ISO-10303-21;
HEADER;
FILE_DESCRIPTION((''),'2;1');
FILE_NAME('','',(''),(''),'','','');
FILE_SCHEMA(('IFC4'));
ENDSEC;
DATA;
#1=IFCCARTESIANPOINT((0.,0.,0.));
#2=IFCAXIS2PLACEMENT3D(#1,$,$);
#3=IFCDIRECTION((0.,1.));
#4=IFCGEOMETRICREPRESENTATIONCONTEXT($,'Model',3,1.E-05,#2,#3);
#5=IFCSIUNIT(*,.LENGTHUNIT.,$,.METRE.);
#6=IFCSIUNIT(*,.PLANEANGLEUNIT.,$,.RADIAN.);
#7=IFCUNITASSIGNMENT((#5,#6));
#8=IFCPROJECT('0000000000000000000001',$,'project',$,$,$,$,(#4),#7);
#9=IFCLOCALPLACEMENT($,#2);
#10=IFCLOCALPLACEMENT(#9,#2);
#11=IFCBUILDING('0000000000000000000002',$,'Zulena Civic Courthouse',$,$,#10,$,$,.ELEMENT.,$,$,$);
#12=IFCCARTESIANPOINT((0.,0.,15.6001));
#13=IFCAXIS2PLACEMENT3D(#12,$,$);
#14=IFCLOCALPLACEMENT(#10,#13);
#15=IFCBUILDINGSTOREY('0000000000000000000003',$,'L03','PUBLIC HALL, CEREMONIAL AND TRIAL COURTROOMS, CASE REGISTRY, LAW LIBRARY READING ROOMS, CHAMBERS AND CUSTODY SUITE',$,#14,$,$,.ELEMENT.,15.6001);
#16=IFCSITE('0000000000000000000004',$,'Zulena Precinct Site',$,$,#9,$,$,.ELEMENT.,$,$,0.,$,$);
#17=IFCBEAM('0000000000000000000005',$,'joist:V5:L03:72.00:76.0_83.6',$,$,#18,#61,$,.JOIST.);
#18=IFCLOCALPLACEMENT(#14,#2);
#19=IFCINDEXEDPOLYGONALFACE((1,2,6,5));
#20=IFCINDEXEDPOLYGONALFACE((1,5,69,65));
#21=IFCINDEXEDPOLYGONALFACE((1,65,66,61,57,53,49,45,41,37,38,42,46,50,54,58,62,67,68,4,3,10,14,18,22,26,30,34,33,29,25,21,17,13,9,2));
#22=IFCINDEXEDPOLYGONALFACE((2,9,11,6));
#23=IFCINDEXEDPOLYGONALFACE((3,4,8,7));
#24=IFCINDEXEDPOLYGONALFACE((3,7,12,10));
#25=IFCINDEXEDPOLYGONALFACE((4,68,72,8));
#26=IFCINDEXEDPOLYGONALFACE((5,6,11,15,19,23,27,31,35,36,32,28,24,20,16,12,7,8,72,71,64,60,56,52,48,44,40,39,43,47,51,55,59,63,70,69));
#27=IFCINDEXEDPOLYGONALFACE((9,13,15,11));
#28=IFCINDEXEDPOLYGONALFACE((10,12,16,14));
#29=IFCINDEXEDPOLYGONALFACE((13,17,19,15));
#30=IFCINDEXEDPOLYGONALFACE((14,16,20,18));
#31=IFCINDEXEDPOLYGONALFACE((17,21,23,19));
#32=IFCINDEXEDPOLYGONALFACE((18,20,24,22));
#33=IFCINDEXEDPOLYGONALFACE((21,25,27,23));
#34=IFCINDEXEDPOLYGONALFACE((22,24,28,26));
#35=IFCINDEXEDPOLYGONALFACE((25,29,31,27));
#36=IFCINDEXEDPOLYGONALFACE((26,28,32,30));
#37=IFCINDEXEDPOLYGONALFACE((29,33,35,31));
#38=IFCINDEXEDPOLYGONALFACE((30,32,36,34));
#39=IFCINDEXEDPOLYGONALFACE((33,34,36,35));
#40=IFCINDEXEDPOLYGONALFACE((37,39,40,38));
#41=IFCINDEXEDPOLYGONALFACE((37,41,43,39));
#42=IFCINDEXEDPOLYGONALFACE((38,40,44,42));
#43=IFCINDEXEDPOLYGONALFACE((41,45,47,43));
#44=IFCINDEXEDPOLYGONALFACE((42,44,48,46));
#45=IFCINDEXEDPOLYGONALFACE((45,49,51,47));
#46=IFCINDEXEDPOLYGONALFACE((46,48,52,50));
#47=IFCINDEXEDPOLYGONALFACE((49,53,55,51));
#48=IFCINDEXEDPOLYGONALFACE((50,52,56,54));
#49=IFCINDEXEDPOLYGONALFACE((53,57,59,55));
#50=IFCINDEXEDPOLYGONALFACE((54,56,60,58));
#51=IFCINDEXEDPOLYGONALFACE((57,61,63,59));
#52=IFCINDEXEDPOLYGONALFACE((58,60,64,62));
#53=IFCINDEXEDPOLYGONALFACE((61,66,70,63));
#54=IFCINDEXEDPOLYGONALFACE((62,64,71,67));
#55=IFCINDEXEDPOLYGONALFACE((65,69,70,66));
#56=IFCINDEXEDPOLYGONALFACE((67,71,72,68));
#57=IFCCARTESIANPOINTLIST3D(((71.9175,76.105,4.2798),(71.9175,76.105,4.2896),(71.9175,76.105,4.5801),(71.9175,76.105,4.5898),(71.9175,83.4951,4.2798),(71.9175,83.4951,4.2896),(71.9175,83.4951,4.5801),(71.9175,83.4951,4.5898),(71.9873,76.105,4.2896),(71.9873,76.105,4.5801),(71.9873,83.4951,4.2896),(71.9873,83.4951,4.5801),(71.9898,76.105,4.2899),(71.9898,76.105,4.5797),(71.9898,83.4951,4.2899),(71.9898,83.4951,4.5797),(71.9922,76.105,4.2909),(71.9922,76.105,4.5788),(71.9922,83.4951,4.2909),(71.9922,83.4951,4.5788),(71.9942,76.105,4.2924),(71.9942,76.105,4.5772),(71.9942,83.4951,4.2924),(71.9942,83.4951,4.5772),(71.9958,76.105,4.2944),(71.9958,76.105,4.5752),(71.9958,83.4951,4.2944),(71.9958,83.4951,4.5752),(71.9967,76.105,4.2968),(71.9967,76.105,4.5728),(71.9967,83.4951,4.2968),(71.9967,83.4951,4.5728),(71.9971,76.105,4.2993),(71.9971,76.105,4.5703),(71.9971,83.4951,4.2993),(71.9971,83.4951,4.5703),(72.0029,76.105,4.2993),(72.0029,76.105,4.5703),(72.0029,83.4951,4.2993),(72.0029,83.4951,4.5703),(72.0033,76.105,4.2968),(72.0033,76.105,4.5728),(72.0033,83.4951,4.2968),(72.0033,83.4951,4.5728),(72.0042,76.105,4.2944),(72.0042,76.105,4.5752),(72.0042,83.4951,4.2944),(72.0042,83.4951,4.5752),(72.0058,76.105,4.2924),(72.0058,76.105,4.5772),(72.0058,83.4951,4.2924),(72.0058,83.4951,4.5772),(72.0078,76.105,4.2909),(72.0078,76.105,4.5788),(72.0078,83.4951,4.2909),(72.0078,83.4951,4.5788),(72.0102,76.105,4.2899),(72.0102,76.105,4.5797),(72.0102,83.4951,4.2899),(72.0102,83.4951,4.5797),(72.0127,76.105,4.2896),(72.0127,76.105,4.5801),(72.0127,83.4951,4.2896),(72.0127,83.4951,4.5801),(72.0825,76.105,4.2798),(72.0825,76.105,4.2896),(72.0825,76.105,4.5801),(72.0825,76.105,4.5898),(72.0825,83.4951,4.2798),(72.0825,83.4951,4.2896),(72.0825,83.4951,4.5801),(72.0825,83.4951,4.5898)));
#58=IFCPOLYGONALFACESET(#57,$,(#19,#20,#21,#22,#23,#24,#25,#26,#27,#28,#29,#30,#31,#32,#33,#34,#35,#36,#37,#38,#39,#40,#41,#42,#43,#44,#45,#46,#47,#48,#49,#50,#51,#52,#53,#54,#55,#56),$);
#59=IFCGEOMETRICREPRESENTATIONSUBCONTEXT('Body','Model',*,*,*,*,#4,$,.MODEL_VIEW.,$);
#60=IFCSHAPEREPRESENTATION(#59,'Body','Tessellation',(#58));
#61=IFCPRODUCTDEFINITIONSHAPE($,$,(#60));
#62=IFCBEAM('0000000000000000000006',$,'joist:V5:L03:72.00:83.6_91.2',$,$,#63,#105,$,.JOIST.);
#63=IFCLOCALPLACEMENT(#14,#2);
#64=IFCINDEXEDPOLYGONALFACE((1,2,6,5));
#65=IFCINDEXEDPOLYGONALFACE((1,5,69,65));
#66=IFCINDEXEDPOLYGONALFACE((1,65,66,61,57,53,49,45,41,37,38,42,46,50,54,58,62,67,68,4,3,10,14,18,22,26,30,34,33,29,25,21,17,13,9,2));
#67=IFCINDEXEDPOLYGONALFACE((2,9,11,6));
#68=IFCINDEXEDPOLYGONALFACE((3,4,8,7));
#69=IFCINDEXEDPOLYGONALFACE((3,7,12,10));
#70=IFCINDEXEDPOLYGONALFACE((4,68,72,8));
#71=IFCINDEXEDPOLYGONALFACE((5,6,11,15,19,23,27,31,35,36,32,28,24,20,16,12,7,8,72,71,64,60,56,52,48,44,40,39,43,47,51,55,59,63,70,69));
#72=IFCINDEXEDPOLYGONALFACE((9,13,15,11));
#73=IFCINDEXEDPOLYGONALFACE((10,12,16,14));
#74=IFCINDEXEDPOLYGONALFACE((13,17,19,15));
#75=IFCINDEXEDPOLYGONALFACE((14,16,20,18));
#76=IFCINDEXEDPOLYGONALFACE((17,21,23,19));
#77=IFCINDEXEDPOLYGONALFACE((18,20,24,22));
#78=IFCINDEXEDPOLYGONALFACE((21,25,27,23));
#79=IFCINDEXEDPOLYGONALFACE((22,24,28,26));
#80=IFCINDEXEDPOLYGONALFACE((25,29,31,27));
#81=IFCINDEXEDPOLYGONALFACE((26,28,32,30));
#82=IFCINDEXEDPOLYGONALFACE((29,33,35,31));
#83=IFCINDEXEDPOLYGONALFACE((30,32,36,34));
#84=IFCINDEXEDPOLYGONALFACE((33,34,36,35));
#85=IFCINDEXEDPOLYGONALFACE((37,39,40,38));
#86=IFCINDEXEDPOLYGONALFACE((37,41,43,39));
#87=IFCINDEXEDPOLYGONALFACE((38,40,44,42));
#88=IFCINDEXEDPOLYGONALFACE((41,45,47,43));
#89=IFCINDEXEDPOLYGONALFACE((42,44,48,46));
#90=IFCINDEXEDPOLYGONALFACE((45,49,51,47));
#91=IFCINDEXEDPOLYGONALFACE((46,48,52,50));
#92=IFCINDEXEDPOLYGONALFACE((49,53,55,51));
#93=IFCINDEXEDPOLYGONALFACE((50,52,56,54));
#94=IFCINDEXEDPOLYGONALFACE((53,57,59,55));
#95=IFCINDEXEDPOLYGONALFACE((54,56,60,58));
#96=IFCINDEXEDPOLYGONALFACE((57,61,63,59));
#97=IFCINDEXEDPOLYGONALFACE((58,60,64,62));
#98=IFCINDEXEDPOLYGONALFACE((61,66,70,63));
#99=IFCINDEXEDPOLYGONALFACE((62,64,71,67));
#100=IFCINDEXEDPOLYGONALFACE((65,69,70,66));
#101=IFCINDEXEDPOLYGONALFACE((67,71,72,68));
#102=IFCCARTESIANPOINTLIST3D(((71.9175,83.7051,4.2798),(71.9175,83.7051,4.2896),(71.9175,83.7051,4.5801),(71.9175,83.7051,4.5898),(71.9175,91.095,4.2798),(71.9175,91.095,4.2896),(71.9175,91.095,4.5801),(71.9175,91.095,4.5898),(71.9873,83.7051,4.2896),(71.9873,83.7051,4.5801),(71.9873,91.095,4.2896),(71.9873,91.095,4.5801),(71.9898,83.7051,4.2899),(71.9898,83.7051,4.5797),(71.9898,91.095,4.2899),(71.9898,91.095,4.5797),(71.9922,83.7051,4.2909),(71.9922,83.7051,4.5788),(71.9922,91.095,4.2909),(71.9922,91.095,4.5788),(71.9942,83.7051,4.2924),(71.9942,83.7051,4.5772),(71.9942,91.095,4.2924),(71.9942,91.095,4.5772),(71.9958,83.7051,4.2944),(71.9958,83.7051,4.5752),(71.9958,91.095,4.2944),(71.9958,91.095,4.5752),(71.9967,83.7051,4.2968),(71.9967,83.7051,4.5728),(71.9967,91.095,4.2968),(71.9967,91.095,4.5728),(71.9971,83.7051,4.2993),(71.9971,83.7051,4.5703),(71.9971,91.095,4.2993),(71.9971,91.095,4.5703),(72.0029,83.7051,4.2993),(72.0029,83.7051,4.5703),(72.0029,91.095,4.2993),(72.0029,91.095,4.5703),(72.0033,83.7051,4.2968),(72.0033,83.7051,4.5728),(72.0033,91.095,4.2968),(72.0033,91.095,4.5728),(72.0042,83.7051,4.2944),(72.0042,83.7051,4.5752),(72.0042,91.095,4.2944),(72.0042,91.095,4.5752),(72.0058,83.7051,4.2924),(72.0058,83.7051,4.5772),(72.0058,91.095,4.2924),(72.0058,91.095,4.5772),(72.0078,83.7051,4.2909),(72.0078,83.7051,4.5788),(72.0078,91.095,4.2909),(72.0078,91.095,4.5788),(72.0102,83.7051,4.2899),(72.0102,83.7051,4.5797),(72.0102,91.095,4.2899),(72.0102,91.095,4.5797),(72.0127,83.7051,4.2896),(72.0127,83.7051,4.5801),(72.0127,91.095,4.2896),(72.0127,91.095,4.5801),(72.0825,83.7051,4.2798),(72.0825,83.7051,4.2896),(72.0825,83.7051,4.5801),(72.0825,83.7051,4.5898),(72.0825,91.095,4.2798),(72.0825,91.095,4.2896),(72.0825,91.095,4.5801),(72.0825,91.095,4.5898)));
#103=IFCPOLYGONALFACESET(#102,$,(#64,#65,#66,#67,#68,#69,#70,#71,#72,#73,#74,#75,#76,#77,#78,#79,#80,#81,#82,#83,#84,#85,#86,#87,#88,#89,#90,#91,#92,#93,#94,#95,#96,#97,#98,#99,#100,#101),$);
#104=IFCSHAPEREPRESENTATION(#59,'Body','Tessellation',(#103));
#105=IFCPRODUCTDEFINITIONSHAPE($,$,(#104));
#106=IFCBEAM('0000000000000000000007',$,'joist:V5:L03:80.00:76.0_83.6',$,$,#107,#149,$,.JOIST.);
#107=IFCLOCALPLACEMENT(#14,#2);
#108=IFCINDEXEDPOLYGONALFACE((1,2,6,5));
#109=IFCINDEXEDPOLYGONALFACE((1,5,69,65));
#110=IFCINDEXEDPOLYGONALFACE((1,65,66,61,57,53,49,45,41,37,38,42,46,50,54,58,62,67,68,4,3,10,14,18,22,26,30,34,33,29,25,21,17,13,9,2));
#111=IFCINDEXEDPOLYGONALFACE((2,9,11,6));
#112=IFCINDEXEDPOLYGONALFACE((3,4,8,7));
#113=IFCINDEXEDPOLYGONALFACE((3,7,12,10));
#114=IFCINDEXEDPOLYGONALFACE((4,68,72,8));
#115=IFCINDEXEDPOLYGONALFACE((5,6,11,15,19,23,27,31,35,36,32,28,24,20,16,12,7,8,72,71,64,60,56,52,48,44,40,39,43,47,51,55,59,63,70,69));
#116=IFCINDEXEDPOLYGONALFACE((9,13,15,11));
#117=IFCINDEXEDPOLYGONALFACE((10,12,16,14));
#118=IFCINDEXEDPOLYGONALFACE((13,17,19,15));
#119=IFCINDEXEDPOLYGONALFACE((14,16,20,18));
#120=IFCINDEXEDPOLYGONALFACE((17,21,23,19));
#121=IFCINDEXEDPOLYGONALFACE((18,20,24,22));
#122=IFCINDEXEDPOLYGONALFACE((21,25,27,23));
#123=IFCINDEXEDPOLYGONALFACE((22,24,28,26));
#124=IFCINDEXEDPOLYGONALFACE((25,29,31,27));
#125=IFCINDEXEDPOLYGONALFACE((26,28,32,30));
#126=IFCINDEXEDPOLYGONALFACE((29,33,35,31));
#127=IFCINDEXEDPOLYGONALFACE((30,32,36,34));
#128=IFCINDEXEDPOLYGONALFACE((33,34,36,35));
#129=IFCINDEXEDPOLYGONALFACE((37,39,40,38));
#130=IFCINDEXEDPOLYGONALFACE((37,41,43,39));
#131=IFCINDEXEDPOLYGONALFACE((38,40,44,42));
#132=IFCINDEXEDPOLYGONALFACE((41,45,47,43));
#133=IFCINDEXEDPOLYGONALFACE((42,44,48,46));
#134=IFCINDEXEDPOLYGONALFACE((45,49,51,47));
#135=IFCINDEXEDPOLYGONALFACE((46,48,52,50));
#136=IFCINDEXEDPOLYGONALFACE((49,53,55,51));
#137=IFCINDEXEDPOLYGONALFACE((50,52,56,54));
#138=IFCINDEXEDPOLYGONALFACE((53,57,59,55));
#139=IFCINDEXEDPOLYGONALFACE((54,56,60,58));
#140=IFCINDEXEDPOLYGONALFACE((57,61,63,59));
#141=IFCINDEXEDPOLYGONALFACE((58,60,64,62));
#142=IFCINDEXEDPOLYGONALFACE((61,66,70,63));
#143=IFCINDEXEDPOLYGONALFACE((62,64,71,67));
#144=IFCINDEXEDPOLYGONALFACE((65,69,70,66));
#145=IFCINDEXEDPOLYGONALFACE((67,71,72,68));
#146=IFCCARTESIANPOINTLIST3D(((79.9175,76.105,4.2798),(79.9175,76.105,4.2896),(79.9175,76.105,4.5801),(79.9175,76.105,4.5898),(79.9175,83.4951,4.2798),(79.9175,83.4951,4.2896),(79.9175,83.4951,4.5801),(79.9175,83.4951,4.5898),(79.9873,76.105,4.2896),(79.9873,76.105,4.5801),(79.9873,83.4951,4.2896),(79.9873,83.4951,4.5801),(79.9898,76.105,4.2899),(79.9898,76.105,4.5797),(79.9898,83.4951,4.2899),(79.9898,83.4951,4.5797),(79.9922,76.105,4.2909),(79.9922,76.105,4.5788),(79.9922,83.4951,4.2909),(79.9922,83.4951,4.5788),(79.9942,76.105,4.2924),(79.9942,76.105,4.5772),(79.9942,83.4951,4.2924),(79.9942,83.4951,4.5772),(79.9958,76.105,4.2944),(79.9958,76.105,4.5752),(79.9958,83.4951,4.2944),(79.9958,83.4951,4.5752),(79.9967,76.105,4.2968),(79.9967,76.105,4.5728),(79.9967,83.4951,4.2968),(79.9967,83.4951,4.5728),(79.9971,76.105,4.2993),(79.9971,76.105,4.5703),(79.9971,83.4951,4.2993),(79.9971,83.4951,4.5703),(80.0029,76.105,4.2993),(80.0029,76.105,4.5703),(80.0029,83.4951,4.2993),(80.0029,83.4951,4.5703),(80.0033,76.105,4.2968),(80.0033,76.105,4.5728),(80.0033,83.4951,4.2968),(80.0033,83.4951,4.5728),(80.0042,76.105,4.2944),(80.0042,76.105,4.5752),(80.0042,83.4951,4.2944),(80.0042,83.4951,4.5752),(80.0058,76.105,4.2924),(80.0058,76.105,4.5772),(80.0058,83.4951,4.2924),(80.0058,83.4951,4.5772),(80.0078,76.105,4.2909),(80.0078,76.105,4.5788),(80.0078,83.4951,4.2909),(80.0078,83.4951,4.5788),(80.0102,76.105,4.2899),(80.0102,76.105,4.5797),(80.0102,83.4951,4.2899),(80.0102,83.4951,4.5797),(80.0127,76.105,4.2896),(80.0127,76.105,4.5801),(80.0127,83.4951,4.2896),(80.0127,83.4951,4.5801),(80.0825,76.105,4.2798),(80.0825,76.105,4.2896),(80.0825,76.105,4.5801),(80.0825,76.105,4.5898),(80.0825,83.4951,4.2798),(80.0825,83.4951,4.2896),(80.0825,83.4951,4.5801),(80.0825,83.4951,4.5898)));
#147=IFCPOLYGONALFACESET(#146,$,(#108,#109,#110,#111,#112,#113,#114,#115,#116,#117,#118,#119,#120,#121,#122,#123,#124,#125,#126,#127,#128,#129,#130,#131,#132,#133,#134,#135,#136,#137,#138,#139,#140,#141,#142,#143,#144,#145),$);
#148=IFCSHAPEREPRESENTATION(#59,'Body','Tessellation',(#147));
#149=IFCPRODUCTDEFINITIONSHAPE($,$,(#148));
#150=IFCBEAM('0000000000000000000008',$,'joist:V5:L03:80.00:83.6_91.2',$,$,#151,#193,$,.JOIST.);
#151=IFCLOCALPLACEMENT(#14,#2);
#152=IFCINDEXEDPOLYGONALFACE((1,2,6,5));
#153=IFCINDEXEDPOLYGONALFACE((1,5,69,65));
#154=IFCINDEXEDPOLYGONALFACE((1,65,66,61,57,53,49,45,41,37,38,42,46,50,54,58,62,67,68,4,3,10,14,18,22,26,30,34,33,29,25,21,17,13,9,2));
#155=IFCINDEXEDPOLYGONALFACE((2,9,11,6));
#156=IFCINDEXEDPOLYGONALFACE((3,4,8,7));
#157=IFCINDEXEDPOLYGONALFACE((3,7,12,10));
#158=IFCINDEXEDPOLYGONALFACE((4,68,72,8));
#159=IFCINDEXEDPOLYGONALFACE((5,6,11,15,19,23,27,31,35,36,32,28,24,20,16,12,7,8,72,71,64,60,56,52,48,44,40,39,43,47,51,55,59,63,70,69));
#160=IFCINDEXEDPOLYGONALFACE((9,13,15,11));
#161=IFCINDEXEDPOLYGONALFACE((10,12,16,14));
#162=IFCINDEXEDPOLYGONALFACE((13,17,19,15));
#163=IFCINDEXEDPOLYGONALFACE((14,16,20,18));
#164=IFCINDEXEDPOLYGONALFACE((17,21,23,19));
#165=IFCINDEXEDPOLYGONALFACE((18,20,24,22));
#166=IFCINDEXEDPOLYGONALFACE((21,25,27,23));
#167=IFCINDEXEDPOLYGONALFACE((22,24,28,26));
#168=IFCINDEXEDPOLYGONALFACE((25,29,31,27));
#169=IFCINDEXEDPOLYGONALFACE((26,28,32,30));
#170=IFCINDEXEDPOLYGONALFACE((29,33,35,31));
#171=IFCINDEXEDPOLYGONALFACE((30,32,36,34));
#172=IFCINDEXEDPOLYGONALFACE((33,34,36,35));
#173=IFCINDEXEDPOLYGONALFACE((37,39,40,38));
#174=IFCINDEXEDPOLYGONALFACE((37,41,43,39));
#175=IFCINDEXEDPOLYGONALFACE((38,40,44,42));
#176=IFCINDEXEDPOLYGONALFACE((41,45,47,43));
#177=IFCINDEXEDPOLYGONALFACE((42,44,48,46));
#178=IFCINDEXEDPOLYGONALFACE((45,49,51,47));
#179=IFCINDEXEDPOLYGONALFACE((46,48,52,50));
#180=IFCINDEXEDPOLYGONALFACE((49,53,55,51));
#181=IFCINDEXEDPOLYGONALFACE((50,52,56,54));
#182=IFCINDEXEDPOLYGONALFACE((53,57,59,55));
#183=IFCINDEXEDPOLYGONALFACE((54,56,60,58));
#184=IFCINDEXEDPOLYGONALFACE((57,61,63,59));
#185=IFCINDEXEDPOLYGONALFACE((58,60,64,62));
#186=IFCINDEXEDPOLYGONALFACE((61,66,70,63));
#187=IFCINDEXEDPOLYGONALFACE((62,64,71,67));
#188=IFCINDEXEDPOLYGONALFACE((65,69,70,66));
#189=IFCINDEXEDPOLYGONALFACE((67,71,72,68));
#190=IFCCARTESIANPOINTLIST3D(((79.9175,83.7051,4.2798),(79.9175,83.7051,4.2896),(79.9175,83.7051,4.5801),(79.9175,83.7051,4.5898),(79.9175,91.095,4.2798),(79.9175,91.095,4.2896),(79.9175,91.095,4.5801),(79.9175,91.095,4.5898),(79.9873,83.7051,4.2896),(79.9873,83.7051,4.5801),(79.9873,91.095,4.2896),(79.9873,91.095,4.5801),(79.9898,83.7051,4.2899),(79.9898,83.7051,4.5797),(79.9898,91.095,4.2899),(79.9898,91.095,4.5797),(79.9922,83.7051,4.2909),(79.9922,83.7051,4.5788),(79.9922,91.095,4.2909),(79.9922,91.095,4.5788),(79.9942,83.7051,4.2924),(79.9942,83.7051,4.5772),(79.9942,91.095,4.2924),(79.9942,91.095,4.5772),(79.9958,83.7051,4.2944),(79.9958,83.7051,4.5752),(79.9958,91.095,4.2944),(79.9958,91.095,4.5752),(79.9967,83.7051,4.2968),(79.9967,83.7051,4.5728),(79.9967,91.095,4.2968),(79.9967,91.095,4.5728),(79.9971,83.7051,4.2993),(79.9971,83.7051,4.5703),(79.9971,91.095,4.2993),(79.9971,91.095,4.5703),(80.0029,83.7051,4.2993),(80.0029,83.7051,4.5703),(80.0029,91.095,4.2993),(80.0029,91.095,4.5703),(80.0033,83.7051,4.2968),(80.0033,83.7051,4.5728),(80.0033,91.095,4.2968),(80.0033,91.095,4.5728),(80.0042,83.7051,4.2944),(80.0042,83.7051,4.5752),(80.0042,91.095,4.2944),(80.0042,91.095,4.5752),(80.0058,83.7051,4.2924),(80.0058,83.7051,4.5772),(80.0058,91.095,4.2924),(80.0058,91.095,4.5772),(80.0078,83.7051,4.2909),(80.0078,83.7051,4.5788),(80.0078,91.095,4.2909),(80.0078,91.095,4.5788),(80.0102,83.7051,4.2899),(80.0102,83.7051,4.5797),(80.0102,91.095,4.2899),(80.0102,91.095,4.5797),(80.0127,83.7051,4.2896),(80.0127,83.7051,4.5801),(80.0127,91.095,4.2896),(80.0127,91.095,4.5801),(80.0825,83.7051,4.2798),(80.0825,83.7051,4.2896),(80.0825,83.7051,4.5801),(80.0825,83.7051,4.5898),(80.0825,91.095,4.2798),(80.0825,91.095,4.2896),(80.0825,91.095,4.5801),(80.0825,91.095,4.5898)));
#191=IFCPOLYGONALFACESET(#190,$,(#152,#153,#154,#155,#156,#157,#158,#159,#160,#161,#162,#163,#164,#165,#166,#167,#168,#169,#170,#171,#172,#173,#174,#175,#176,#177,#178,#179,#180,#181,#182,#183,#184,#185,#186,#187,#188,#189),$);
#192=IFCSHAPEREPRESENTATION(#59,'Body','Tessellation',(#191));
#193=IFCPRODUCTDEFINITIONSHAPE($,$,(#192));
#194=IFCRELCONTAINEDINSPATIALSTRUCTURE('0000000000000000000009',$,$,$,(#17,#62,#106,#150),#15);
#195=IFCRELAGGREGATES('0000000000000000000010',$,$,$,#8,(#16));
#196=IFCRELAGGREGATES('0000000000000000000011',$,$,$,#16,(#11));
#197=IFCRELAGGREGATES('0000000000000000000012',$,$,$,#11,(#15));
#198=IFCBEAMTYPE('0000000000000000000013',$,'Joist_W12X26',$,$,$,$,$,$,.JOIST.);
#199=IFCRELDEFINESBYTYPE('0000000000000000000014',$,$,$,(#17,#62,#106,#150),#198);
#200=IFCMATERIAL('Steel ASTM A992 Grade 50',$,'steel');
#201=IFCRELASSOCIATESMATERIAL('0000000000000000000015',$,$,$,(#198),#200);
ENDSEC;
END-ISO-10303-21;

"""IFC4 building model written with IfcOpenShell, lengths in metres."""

from ifc_helpers import new_model, si_unit, direction, frame, origin, origin_2d, place, context, subcontext, project, spatial, i_section, extrude, material, material_profile, profile_set, type_object, element, save


model = new_model("IFC4")

# Units and contexts
model_context = context("Model", 3, precision=1e-05, world=origin(), true_north=direction((0.0, 1.0)))
body_context = subcontext(model_context, "Body", "Model", "MODEL_VIEW")
ifc_project = project(units=[si_unit("LENGTHUNIT", "METRE"), si_unit("PLANEANGLEUNIT", "RADIAN")], contexts=[model_context])

# Site, building, storey
site_placement = place(None, origin())
site = spatial("IfcSite", under=ifc_project, at=site_placement, Name="Zulena Precinct Site", CompositionType="ELEMENT", RefElevation=0.0)
building_placement = place(site_placement, origin())
building = spatial("IfcBuilding", under=site, at=building_placement, Name="Zulena Civic Courthouse", CompositionType="ELEMENT")
storey_placement = place(building_placement, frame((0.0, 0.0, 15.6001)))
storey = spatial("IfcBuildingStorey", under=building, at=storey_placement, Name="L03", Description="PUBLIC HALL, CEREMONIAL AND TRIAL COURTROOMS, CASE REGISTRY, LAW LIBRARY READING ROOMS, CHAMBERS AND CUSTODY SUITE", CompositionType="ELEMENT", Elevation=15.6001)

# Shared definitions
ifc_material_1 = material(Name="Steel ASTM A992 Grade 50", Category="steel")

# Beams
ifc_material_profile_1 = material_profile(ifc_material_1, i_section(OverallWidth=0.165, OverallDepth=0.3101, WebThickness=0.0059, FlangeThickness=0.0098, FilletRadius=0.0098, at=origin_2d()), Name="W12X26")
ifc_profile_set_1 = profile_set([ifc_material_profile_1], Name="Steel ASTM A992 Grade 50")
beam_type_1 = type_object("IfcBeamType", Name="Joist_W12X26", PredefinedType="JOIST", material=ifc_profile_set_1)
beam_1_placement = place(storey_placement, frame((72.0, 76.105, 4.4348), z_axis=(0.0, 1.0, 0.0), x_axis=(-1.0, 0.0, 0.0)))
element("IfcBeam", 1, at=beam_1_placement, inside=storey, type_object=beam_type_1, Name="joist:V5:L03:72.00:76.0_83.6", PredefinedType="JOIST", context=body_context, shape_type="SweptSolid", body=[
    extrude(i_section(OverallWidth=0.165, OverallDepth=0.3101, WebThickness=0.0059, FlangeThickness=0.0098, FilletRadius=0.0098, at=origin_2d()), origin(), (0.0, 0.0, 1.0), 7.3901),
])
beam_2_placement = place(storey_placement, frame((72.0, 83.7051, 4.4348), z_axis=(0.0, 1.0, 0.0), x_axis=(-1.0, 0.0, 0.0)))
element("IfcBeam", 2, at=beam_2_placement, inside=storey, type_object=beam_type_1, Name="joist:V5:L03:72.00:83.6_91.2", PredefinedType="JOIST", context=body_context, shape_type="SweptSolid", body=[
    extrude(i_section(OverallWidth=0.165, OverallDepth=0.3101, WebThickness=0.0059, FlangeThickness=0.0098, FilletRadius=0.0098, at=origin_2d()), origin(), (0.0, 0.0, 1.0), 7.3899),
])
beam_3_placement = place(storey_placement, frame((80.0, 76.105, 4.4348), z_axis=(0.0, 1.0, 0.0), x_axis=(-1.0, 0.0, 0.0)))
element("IfcBeam", 3, at=beam_3_placement, inside=storey, type_object=beam_type_1, Name="joist:V5:L03:80.00:76.0_83.6", PredefinedType="JOIST", context=body_context, shape_type="SweptSolid", body=[
    extrude(i_section(OverallWidth=0.165, OverallDepth=0.3101, WebThickness=0.0059, FlangeThickness=0.0098, FilletRadius=0.0098, at=origin_2d()), origin(), (0.0, 0.0, 1.0), 7.3901),
])
beam_4_placement = place(storey_placement, frame((80.0, 83.7051, 4.4348), z_axis=(0.0, 1.0, 0.0), x_axis=(-1.0, 0.0, 0.0)))
element("IfcBeam", 4, at=beam_4_placement, inside=storey, type_object=beam_type_1, Name="joist:V5:L03:80.00:83.6_91.2", PredefinedType="JOIST", context=body_context, shape_type="SweptSolid", body=[
    extrude(i_section(OverallWidth=0.165, OverallDepth=0.3101, WebThickness=0.0059, FlangeThickness=0.0098, FilletRadius=0.0098, at=origin_2d()), origin(), (0.0, 0.0, 1.0), 7.3899),
])

save(model, "model.ifc")
